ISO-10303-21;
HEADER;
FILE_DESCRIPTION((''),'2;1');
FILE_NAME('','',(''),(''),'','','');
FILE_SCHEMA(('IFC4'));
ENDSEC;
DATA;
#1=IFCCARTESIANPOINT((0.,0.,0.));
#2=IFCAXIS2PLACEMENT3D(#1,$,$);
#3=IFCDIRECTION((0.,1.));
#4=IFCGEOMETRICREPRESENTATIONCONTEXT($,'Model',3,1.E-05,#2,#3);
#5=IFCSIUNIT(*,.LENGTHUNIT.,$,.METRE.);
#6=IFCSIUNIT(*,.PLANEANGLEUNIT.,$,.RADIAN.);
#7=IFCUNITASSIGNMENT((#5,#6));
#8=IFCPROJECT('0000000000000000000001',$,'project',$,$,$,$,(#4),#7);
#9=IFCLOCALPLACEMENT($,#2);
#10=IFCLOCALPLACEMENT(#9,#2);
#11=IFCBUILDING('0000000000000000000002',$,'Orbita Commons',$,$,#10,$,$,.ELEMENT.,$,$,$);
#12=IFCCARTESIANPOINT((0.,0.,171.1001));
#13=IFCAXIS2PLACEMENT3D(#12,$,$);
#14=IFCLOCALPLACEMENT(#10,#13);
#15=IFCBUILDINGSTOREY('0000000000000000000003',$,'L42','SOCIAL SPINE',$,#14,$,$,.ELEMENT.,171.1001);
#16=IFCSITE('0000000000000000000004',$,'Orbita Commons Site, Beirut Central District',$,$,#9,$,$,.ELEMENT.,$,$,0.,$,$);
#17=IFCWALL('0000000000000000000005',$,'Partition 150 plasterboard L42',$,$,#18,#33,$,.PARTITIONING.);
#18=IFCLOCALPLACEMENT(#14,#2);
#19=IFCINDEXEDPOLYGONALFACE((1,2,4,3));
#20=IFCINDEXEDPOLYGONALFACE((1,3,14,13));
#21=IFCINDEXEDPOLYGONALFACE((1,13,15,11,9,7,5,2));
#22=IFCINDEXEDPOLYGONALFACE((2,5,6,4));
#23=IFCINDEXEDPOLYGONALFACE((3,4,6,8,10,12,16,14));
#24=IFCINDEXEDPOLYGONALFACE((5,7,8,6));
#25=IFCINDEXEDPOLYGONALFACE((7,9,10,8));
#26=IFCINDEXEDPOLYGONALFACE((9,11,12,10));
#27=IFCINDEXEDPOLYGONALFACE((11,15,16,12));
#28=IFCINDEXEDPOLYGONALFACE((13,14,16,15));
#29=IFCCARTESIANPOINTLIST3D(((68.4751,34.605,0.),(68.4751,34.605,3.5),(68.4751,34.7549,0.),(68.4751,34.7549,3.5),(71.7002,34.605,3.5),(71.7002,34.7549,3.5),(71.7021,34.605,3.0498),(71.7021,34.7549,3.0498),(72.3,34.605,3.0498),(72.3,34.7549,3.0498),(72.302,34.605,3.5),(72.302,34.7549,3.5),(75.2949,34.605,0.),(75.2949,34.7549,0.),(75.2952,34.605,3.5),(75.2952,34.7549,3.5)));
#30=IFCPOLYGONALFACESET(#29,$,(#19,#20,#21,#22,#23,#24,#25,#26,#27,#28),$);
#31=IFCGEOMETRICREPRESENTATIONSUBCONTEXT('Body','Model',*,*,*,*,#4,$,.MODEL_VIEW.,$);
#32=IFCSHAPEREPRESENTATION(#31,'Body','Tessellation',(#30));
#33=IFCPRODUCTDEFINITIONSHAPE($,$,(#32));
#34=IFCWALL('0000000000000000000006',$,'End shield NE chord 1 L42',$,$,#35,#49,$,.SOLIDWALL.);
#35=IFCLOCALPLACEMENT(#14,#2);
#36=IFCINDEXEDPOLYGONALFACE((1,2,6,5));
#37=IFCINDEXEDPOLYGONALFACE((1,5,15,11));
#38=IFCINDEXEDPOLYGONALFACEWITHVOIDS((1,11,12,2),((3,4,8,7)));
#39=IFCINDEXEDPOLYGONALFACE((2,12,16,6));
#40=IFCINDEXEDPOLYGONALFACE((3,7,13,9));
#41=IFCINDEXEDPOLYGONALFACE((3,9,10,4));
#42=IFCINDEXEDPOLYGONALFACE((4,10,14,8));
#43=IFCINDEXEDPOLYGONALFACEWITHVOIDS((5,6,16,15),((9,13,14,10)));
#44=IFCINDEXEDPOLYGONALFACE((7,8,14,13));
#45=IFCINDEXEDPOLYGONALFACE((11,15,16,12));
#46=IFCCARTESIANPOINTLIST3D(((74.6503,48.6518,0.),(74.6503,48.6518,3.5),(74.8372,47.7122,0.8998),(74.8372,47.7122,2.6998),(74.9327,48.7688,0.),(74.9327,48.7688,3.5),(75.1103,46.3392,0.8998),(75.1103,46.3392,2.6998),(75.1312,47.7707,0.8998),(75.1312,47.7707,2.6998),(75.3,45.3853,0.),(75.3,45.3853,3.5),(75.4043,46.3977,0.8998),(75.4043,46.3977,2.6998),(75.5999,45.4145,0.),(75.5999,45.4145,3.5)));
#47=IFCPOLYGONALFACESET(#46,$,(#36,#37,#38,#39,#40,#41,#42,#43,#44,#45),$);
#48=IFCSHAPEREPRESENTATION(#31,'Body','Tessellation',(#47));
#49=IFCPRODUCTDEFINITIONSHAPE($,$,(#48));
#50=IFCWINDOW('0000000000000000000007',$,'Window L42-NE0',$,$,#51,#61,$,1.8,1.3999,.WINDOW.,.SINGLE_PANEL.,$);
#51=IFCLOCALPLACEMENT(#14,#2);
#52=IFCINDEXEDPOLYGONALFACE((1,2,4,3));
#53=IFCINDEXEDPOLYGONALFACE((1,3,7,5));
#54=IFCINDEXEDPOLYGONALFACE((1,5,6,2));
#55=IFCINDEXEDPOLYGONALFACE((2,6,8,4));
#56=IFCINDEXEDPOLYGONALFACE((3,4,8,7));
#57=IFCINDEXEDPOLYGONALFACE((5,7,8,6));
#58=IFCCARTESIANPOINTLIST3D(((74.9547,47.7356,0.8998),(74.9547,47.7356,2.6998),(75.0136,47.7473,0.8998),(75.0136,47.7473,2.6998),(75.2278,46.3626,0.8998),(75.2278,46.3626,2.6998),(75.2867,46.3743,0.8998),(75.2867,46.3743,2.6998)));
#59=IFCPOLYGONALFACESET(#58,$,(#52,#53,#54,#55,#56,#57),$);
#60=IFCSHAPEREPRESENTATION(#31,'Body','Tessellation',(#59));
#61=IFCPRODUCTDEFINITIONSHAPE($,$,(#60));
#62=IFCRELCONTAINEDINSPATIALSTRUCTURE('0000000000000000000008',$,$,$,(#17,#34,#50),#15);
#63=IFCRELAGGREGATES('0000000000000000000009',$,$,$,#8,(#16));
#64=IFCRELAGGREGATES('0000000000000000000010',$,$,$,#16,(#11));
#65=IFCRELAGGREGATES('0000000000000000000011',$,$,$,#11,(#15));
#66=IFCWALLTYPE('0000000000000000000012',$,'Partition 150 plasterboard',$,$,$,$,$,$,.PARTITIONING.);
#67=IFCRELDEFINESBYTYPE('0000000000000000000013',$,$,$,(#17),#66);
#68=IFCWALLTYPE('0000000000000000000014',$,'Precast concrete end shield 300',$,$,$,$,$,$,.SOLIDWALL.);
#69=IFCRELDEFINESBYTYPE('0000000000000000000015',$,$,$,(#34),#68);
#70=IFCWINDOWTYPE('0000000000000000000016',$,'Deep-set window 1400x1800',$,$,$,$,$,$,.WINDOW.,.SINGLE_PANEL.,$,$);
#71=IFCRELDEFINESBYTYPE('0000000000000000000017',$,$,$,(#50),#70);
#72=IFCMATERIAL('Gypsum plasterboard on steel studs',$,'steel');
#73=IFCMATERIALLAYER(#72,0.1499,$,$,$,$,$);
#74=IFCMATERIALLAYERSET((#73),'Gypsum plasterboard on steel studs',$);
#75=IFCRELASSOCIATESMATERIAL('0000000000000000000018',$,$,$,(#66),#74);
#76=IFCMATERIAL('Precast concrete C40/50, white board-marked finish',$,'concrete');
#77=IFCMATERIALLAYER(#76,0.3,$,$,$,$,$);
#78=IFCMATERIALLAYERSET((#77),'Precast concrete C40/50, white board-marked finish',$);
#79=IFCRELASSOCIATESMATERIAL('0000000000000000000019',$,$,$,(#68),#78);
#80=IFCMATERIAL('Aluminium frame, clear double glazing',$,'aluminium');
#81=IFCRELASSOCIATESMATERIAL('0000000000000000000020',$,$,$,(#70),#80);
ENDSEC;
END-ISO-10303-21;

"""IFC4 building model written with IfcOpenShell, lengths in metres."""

from ifc_helpers import new_model, si_unit, direction, frame, frame_2d, origin, place, context, subcontext, project, spatial, polyline, rectangle, outline, extrude, material, layer, layer_set, type_object, element, fill, save


model = new_model("IFC4")

# Units and contexts
model_context = context("Model", 3, precision=1e-05, world=origin(), true_north=direction((0.0, 1.0)))
body_context = subcontext(model_context, "Body", "Model", "MODEL_VIEW")
ifc_project = project(units=[si_unit("LENGTHUNIT", "METRE"), si_unit("PLANEANGLEUNIT", "RADIAN")], contexts=[model_context])

# Site, building, storey
site_placement = place(None, origin())
site = spatial("IfcSite", under=ifc_project, at=site_placement, Name="Orbita Commons Site, Beirut Central District", CompositionType="ELEMENT", RefElevation=0.0)
building_placement = place(site_placement, origin())
building = spatial("IfcBuilding", under=site, at=building_placement, Name="Orbita Commons", CompositionType="ELEMENT")
storey_placement = place(building_placement, frame((0.0, 0.0, 171.1001)))
storey = spatial("IfcBuildingStorey", under=building, at=storey_placement, Name="L42", Description="SOCIAL SPINE", CompositionType="ELEMENT", Elevation=171.1001)

# Shared definitions
ifc_material_1 = material(Name="Gypsum plasterboard on steel studs", Category="steel")
ifc_layer_1 = layer(ifc_material_1, 0.1499)
ifc_layer_set_1 = layer_set([ifc_layer_1], Name="Gypsum plasterboard on steel studs")
wall_type_1 = type_object("IfcWallType", Name="Partition 150 plasterboard", PredefinedType="PARTITIONING", material=ifc_layer_set_1)

# Wall
for number, where, z_axis, x_axis, name in (
    (1, (68.4751, 34.6799, 0.0), (0.0, 0.0, 1.0), (1.0, 0.0, 0.0), "Partition 150 plasterboard L42"),
):
    element("IfcWall", number, at=place(storey_placement, frame(where, z_axis=z_axis, x_axis=x_axis)), inside=storey, type_object=wall_type_1, Name=name, PredefinedType="PARTITIONING", context=body_context, shape_type="SweptSolid", body=[
        extrude(outline(polyline([(0.0, 0.0), (6.8198, 0.0), (6.8201, 3.5), (3.8269, 3.5), (3.825, 3.0498), (3.2271, 3.0498), (3.2251, 3.5), (0.0, 3.5), (0.0, 0.0)])), frame((0.0, 0.075, 0.0), z_axis=(0.0, -1.0, 0.0), x_axis=(1.0, 0.0, 0.0)), (0.0, 0.0, 1.0), 0.1499),
    ])

# Wall, opening, window
ifc_material_2 = material(Name="Precast concrete C40/50, white board-marked finish", Category="concrete")
ifc_layer_2 = layer(ifc_material_2, 0.3)
ifc_layer_set_2 = layer_set([ifc_layer_2], Name="Precast concrete C40/50, white board-marked finish")
wall_type_2 = type_object("IfcWallType", Name="Precast concrete end shield 300", PredefinedType="SOLIDWALL", material=ifc_layer_set_2)
wall_1_placement = place(storey_placement, frame((75.45, 45.3999, 0.0), z_axis=(0.0, 0.0, 1.0), x_axis=(-0.195087, 0.980786, 0.0)))
wall_1 = element("IfcWall", 2, at=wall_1_placement, inside=storey, type_object=wall_type_2, Name="End shield NE chord 1 L42", PredefinedType="SOLIDWALL", context=body_context, shape_type="SweptSolid", body=[
    extrude(outline(polyline([(-0.0149, -0.1499), (3.405, -0.1499), (3.3455, 0.1499), (0.0149, 0.1499), (-0.0149, -0.1499)])), origin(), (0.0, 0.0, 1.0), 3.5),
])
opening_1_placement = place(wall_1_placement, frame((0.9875, 0.0, 0.8999)))
opening_1 = element("IfcOpeningElement", 3, at=opening_1_placement, cuts=wall_1, PredefinedType="OPENING", context=body_context, shape_type="SweptSolid", body=[
    extrude(rectangle(XDim=1.3999, YDim=1.8, at=frame_2d((0.7, 0.8999))), frame((0.0, 0.1599, 0.0), z_axis=(0.0, -1.0, 0.0), x_axis=(1.0, 0.0, 0.0)), (0.0, 0.0, 1.0), 0.3201),
])
ifc_material_3 = material(Name="Aluminium frame, clear double glazing", Category="aluminium")
window_type = type_object("IfcWindowType", Name="Deep-set window 1400x1800", PartitioningType="SINGLE_PANEL", PredefinedType="WINDOW", material=ifc_material_3)
window_placement = place(opening_1_placement, origin())
window = element("IfcWindow", 4, at=window_placement, inside=storey, type_object=window_type, Name="Window L42-NE0", OverallHeight=1.8, OverallWidth=1.3999, PartitioningType="SINGLE_PANEL", PredefinedType="WINDOW", context=body_context, shape_type="SweptSolid", body=[
    extrude(rectangle(XDim=1.3999, YDim=1.8, at=frame_2d((0.7, 0.8999))), frame((0.0, 0.03, 0.0), z_axis=(0.0, -1.0, 0.0), x_axis=(1.0, 0.0, 0.0)), (0.0, 0.0, 1.0), 0.0601),
])
fill(opening_1, window)

save(model, "model.ifc")
